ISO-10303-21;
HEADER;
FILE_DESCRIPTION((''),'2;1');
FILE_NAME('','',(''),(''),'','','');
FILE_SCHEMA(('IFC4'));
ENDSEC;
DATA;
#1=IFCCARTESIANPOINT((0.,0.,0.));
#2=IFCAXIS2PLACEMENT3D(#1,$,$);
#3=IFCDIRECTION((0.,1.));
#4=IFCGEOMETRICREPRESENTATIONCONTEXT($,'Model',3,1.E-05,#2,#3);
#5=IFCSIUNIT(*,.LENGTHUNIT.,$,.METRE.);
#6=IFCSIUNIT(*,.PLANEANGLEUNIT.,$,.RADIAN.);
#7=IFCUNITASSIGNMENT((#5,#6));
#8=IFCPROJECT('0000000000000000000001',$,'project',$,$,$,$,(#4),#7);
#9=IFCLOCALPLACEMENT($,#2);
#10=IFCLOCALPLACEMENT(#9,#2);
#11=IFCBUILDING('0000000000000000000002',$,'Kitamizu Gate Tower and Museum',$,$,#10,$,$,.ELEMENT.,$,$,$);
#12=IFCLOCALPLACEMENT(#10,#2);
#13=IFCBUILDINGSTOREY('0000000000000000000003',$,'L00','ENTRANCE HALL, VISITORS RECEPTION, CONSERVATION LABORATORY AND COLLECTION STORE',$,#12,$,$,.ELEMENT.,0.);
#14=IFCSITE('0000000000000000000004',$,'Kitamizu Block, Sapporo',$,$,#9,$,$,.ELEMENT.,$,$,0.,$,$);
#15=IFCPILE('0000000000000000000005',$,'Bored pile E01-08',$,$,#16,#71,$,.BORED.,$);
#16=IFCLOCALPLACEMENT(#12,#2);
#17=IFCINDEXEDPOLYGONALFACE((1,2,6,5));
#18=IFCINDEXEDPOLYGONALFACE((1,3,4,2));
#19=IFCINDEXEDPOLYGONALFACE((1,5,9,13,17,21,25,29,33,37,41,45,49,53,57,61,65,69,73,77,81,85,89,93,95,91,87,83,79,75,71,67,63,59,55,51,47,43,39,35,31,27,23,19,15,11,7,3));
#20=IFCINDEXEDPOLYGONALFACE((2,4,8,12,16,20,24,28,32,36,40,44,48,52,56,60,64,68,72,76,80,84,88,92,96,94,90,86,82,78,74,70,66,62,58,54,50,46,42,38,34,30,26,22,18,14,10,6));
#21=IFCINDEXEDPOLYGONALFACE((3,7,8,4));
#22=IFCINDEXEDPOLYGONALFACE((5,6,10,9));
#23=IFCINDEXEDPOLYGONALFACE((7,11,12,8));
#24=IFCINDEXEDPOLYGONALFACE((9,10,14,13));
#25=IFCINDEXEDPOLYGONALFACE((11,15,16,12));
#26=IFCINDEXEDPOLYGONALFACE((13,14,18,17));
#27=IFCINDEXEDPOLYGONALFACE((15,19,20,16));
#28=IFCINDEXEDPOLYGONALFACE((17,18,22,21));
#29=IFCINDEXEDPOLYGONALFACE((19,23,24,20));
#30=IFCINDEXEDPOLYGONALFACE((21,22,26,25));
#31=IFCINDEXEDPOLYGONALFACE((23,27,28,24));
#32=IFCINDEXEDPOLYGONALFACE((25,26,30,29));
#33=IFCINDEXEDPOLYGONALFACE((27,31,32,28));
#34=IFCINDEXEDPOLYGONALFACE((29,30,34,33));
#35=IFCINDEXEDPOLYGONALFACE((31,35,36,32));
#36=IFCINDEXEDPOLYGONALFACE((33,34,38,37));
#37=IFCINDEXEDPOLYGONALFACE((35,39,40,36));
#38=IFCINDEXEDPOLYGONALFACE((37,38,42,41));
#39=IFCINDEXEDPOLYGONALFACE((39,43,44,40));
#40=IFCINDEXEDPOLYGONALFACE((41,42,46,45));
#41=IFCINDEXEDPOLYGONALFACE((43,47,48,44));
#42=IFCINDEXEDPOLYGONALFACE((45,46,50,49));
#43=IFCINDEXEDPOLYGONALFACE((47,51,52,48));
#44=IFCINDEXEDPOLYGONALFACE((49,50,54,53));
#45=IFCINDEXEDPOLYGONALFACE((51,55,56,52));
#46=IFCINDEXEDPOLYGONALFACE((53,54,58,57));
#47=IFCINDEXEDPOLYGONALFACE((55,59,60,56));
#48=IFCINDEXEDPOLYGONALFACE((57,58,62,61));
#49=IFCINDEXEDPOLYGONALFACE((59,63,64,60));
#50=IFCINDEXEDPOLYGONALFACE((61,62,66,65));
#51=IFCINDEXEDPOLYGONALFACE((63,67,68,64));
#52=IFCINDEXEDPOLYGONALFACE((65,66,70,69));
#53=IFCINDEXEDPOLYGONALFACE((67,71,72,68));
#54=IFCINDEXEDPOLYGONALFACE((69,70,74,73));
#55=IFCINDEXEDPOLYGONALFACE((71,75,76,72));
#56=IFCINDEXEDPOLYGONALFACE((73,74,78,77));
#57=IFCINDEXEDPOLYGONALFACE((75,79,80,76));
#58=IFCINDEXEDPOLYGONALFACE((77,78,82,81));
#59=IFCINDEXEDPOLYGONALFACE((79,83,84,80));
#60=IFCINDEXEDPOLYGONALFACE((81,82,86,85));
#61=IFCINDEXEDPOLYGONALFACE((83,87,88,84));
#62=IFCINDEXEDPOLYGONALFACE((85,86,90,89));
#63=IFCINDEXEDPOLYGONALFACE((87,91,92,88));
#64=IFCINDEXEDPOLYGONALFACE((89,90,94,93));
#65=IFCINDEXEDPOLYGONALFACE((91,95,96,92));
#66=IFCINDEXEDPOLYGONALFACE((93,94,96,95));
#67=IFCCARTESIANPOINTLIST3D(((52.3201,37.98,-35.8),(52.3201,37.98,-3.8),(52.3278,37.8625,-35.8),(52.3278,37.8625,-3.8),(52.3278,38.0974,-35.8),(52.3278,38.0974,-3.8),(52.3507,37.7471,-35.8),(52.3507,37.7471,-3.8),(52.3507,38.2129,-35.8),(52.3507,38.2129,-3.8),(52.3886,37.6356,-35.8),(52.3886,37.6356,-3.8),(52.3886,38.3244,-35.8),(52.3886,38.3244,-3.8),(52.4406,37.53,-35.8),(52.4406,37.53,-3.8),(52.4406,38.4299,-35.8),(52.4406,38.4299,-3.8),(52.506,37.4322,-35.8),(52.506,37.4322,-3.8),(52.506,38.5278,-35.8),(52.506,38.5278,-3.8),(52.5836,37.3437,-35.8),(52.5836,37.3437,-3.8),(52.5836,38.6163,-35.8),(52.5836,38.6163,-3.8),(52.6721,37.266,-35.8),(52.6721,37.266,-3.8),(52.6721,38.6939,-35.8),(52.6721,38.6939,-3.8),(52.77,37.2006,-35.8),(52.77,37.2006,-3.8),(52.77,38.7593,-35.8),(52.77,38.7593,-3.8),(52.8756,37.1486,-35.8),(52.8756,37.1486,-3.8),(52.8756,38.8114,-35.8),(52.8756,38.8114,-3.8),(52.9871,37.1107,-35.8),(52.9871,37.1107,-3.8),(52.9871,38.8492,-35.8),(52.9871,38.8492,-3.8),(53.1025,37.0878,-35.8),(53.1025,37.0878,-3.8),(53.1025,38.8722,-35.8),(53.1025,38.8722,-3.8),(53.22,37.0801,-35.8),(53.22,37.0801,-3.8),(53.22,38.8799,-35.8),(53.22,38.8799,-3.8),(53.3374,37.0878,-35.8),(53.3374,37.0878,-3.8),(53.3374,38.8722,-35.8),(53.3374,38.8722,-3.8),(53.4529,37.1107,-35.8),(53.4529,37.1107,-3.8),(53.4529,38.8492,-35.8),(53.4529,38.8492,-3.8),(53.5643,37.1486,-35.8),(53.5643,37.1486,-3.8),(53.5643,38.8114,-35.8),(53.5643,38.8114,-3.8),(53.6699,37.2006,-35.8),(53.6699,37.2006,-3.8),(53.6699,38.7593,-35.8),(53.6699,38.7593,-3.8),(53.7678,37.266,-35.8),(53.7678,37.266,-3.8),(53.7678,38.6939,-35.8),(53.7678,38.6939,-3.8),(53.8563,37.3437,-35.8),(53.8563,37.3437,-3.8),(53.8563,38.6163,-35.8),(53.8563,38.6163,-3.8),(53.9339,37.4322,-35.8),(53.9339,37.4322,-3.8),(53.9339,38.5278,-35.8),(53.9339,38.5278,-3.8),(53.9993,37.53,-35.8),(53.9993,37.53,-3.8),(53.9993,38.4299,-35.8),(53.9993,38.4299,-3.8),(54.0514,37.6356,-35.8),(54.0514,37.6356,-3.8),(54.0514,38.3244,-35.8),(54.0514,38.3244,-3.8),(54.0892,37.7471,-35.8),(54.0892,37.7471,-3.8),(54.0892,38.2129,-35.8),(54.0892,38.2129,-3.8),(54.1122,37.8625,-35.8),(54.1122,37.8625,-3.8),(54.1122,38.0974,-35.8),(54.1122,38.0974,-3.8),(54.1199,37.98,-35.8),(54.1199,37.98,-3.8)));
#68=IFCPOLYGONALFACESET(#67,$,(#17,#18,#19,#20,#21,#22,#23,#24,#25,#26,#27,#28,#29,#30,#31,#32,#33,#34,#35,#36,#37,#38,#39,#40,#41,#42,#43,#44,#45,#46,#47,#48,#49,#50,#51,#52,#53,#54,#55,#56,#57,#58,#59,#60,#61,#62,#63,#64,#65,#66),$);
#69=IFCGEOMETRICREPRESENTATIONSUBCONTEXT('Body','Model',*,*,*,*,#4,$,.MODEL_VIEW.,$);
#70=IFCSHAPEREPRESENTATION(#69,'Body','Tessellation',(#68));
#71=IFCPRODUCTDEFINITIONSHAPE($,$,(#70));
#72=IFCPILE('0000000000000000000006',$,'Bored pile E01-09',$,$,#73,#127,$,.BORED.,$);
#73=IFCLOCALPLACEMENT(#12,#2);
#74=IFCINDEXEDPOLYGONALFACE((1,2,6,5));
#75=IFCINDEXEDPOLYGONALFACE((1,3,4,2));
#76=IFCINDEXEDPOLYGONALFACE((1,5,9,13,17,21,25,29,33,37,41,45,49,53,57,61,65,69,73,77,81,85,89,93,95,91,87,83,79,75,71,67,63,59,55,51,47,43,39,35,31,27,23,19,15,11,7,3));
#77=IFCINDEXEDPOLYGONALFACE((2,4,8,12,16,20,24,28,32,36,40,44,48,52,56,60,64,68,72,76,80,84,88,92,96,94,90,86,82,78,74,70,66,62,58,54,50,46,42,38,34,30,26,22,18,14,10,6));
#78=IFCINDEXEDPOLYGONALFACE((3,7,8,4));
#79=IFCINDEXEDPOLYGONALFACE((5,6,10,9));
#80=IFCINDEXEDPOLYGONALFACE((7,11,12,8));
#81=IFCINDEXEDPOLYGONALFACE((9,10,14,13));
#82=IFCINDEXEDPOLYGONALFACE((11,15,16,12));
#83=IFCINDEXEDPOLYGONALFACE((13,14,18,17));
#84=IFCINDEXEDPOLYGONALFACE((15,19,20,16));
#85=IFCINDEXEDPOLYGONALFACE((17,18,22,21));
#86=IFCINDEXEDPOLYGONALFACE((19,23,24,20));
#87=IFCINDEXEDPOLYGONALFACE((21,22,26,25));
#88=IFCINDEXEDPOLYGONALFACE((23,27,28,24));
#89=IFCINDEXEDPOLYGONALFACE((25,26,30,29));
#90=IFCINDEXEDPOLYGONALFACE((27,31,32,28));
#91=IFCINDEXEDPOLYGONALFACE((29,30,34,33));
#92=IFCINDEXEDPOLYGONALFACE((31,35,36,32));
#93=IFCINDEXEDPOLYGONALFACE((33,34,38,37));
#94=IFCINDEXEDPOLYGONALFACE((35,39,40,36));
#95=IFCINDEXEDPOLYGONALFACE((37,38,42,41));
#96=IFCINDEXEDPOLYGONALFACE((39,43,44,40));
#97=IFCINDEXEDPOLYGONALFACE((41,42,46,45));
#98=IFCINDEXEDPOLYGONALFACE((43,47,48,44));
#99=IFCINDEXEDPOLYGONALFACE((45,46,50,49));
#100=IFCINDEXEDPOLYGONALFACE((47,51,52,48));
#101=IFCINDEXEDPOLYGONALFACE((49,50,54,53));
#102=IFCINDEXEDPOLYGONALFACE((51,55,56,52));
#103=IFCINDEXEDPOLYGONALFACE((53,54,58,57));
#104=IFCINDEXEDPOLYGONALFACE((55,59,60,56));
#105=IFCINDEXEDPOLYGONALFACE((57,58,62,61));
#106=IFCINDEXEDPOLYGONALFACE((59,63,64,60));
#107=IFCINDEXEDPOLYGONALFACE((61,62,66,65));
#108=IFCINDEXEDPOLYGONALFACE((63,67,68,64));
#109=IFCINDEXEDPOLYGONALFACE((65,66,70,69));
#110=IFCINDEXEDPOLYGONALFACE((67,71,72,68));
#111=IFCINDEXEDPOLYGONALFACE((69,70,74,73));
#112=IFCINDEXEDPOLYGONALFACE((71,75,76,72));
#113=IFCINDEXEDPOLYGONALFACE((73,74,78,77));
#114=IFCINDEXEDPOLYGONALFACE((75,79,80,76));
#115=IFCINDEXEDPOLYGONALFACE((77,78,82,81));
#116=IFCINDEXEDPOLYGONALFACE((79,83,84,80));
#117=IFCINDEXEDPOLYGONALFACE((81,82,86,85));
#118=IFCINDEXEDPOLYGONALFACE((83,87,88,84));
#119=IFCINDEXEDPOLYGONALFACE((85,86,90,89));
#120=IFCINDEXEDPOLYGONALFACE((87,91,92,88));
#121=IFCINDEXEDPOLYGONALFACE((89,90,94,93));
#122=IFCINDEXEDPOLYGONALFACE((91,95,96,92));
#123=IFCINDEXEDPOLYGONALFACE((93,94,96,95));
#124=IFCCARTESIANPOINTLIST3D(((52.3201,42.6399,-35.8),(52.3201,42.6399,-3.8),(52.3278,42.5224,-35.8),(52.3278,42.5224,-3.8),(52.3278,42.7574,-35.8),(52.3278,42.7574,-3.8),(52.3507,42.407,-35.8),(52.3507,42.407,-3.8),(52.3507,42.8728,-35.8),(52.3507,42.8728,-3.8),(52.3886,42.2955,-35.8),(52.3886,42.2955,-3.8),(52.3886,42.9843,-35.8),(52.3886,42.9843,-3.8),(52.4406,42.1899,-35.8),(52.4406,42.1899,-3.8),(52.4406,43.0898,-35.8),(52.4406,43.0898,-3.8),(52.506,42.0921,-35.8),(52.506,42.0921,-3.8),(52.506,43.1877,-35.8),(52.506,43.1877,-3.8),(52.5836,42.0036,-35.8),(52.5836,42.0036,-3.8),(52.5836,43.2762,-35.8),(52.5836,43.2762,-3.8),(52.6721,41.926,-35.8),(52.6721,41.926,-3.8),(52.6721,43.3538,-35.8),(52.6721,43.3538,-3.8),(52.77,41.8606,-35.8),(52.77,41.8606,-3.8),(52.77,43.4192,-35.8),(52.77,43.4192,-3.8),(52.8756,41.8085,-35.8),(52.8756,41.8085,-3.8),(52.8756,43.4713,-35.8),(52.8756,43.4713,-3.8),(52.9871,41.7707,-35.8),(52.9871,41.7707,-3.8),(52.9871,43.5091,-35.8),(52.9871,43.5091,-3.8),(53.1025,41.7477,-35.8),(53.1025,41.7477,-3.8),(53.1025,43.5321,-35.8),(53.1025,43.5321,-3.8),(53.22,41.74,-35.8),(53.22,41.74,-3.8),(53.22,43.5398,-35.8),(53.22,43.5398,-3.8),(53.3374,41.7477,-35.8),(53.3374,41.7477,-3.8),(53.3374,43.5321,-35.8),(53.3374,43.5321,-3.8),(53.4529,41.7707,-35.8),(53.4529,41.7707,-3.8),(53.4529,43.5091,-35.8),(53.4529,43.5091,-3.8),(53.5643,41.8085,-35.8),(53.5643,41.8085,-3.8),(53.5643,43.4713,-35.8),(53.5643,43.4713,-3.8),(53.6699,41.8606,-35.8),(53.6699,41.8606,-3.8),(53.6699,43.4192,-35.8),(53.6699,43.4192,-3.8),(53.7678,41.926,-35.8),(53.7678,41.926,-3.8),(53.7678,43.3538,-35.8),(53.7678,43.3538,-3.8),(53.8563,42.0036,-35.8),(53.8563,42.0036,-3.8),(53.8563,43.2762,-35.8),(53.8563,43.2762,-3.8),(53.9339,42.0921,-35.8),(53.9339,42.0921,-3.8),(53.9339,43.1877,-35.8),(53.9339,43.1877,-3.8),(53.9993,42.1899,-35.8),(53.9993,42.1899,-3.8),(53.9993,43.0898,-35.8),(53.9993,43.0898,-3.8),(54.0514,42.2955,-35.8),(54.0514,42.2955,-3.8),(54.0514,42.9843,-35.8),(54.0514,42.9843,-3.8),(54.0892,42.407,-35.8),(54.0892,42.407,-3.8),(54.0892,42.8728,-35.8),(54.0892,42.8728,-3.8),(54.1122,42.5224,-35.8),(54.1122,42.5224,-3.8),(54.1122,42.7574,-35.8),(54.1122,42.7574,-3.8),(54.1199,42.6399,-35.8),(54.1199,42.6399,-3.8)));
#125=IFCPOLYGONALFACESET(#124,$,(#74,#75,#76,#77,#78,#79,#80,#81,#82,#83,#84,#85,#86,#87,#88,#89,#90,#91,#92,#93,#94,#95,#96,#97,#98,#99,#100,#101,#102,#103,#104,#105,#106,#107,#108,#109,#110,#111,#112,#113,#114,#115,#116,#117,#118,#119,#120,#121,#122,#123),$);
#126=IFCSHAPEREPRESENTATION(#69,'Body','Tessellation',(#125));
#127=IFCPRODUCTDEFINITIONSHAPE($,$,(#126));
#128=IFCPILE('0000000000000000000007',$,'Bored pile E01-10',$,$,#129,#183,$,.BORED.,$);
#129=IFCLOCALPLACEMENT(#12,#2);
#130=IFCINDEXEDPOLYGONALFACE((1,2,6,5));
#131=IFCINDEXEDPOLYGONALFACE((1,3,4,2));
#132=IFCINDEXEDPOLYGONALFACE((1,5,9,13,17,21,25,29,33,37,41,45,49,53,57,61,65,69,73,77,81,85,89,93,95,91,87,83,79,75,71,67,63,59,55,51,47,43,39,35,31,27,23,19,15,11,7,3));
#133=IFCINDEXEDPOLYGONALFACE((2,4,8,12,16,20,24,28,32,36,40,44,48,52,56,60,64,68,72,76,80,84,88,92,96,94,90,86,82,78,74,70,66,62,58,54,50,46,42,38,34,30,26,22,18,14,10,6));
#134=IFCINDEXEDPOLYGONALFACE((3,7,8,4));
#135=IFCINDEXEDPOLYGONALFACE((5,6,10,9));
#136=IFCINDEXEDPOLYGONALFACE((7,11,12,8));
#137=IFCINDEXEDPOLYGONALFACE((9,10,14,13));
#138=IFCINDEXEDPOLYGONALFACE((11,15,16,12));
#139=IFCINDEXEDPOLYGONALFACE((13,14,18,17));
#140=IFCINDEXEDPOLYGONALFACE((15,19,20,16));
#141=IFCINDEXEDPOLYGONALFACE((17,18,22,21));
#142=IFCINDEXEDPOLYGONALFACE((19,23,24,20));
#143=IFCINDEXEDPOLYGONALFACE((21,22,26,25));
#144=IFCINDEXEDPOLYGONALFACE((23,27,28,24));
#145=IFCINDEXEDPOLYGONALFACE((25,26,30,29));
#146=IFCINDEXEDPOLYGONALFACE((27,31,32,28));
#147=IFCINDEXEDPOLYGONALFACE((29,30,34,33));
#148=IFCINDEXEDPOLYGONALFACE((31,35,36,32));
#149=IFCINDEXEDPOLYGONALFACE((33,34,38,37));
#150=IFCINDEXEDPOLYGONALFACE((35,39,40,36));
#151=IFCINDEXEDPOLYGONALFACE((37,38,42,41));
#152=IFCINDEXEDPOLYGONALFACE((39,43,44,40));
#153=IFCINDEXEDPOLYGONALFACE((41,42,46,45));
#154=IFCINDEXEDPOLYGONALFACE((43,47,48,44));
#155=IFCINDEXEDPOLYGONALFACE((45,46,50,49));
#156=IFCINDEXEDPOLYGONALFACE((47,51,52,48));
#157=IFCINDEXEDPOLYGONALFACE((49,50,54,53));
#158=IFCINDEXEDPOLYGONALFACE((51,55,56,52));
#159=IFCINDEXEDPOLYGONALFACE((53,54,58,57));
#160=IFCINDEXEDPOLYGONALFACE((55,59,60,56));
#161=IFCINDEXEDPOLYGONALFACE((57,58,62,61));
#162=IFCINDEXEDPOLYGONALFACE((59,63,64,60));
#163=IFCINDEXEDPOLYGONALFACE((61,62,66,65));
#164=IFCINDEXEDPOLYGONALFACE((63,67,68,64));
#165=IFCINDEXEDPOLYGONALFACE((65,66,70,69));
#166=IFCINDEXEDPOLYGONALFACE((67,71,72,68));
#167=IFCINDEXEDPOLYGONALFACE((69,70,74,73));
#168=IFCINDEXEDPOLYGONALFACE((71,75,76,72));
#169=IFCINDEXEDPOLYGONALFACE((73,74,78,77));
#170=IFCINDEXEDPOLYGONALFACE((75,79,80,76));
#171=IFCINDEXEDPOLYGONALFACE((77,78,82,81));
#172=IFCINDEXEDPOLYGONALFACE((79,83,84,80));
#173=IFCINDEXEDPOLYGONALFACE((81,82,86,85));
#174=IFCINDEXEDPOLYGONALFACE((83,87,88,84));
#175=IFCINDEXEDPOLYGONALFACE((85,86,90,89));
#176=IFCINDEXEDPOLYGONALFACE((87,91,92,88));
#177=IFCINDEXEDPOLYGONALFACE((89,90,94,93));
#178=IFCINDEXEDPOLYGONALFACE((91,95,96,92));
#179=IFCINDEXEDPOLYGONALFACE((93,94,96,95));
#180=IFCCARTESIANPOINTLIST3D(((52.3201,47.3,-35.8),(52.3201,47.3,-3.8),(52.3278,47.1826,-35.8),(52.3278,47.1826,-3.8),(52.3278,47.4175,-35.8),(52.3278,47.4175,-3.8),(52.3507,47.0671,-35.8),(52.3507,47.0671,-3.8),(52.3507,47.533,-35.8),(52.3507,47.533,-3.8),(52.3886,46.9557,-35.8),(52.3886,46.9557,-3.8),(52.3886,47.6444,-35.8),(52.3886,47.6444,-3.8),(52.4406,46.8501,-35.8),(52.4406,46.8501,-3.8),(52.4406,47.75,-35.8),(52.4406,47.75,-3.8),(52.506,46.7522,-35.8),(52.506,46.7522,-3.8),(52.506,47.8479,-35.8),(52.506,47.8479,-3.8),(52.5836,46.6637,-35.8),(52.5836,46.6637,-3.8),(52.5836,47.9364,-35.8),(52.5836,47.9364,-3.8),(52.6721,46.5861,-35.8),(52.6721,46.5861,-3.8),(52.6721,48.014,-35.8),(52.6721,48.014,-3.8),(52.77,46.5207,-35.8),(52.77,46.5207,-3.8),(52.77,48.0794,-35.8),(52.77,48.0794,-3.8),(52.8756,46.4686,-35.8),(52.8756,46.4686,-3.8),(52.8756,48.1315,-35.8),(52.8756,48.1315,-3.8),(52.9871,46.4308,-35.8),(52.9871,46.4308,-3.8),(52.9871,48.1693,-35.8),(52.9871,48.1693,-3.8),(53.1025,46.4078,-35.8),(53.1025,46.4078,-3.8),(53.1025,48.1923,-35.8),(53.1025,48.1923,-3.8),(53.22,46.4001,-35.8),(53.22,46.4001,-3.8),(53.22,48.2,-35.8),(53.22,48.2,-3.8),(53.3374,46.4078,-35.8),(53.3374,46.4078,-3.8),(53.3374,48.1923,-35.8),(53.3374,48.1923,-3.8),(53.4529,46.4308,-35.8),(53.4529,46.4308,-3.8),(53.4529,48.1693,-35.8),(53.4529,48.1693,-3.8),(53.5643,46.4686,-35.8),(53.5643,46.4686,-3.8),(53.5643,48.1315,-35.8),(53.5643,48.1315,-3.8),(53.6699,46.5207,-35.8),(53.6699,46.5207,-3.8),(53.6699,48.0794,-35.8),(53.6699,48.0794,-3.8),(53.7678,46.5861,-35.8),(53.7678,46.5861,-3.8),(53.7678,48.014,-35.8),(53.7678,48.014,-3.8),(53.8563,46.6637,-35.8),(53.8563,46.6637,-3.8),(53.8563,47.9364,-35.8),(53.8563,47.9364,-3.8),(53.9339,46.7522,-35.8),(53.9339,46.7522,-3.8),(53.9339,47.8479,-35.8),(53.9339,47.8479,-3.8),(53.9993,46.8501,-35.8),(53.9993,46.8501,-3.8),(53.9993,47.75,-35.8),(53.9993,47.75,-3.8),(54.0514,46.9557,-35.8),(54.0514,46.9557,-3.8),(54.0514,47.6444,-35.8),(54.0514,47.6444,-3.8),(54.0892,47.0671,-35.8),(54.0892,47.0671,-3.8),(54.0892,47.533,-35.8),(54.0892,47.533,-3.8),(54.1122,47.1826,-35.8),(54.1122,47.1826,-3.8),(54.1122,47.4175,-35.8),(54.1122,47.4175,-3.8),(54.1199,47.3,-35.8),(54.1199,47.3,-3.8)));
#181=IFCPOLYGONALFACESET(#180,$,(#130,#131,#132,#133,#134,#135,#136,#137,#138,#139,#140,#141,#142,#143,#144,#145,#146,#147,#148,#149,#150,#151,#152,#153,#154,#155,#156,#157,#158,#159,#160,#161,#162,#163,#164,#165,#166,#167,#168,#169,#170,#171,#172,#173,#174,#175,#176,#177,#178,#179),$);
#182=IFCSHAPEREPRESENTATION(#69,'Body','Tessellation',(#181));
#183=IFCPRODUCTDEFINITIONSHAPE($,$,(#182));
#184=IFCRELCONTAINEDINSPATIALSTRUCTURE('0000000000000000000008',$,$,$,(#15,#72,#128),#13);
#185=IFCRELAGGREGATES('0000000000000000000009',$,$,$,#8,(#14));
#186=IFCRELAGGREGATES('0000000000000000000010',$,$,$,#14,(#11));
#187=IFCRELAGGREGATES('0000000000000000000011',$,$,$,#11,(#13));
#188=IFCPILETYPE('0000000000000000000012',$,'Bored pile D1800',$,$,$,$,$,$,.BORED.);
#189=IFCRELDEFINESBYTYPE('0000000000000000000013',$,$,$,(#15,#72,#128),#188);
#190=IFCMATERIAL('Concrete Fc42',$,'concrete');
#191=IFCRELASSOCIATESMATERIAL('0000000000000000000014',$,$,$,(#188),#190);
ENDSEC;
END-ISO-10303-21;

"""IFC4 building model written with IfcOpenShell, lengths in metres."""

from ifc_helpers import new_model, si_unit, direction, frame, origin, origin_2d, place, context, subcontext, project, spatial, circle, extrude, material, material_profile, profile_set, type_object, element, save


model = new_model("IFC4")

# Units and contexts
model_context = context("Model", 3, precision=1e-05, world=origin(), true_north=direction((0.0, 1.0)))
body_context = subcontext(model_context, "Body", "Model", "MODEL_VIEW")
ifc_project = project(units=[si_unit("LENGTHUNIT", "METRE"), si_unit("PLANEANGLEUNIT", "RADIAN")], contexts=[model_context])

# Site, building, storey
site_placement = place(None, origin())
site = spatial("IfcSite", under=ifc_project, at=site_placement, Name="Kitamizu Block, Sapporo", CompositionType="ELEMENT", RefElevation=0.0)
building_placement = place(site_placement, origin())
building = spatial("IfcBuilding", under=site, at=building_placement, Name="Kitamizu Gate Tower and Museum", CompositionType="ELEMENT")
storey_placement = place(building_placement, origin())
storey = spatial("IfcBuildingStorey", under=building, at=storey_placement, Name="L00", Description="ENTRANCE HALL, VISITORS RECEPTION, CONSERVATION LABORATORY AND COLLECTION STORE", CompositionType="ELEMENT", Elevation=0.0)

# Piles
ifc_material_1 = material(Name="Concrete Fc42", Category="concrete")
ifc_material_profile_1 = material_profile(ifc_material_1, circle(Radius=0.8999, at=origin_2d()), Name="Bored pile D1800")
ifc_profile_set_1 = profile_set([ifc_material_profile_1], Name="Concrete Fc42")
pile_type = type_object("IfcPileType", Name="Bored pile D1800", PredefinedType="BORED", material=ifc_profile_set_1)
for number, where, z_axis, x_axis, name in (
    (1, (53.22, 37.98, -3.8), (0.0, 0.0, -1.0), (1.0, 0.0, 0.0), "Bored pile E01-08"),
    (2, (53.22, 42.6399, -3.8), (0.0, 0.0, -1.0), (1.0, 0.0, 0.0), "Bored pile E01-09"),
    (3, (53.22, 47.3, -3.8), (0.0, 0.0, -1.0), (1.0, 0.0, 0.0), "Bored pile E01-10"),
):
    element("IfcPile", number, at=place(storey_placement, frame(where, z_axis=z_axis, x_axis=x_axis)), inside=storey, type_object=pile_type, Name=name, PredefinedType="BORED", context=body_context, shape_type="SweptSolid", body=[
        extrude(circle(Radius=0.8999, at=origin_2d()), origin(), (0.0, 0.0, 1.0), 32.0),
    ])

save(model, "model.ifc")
